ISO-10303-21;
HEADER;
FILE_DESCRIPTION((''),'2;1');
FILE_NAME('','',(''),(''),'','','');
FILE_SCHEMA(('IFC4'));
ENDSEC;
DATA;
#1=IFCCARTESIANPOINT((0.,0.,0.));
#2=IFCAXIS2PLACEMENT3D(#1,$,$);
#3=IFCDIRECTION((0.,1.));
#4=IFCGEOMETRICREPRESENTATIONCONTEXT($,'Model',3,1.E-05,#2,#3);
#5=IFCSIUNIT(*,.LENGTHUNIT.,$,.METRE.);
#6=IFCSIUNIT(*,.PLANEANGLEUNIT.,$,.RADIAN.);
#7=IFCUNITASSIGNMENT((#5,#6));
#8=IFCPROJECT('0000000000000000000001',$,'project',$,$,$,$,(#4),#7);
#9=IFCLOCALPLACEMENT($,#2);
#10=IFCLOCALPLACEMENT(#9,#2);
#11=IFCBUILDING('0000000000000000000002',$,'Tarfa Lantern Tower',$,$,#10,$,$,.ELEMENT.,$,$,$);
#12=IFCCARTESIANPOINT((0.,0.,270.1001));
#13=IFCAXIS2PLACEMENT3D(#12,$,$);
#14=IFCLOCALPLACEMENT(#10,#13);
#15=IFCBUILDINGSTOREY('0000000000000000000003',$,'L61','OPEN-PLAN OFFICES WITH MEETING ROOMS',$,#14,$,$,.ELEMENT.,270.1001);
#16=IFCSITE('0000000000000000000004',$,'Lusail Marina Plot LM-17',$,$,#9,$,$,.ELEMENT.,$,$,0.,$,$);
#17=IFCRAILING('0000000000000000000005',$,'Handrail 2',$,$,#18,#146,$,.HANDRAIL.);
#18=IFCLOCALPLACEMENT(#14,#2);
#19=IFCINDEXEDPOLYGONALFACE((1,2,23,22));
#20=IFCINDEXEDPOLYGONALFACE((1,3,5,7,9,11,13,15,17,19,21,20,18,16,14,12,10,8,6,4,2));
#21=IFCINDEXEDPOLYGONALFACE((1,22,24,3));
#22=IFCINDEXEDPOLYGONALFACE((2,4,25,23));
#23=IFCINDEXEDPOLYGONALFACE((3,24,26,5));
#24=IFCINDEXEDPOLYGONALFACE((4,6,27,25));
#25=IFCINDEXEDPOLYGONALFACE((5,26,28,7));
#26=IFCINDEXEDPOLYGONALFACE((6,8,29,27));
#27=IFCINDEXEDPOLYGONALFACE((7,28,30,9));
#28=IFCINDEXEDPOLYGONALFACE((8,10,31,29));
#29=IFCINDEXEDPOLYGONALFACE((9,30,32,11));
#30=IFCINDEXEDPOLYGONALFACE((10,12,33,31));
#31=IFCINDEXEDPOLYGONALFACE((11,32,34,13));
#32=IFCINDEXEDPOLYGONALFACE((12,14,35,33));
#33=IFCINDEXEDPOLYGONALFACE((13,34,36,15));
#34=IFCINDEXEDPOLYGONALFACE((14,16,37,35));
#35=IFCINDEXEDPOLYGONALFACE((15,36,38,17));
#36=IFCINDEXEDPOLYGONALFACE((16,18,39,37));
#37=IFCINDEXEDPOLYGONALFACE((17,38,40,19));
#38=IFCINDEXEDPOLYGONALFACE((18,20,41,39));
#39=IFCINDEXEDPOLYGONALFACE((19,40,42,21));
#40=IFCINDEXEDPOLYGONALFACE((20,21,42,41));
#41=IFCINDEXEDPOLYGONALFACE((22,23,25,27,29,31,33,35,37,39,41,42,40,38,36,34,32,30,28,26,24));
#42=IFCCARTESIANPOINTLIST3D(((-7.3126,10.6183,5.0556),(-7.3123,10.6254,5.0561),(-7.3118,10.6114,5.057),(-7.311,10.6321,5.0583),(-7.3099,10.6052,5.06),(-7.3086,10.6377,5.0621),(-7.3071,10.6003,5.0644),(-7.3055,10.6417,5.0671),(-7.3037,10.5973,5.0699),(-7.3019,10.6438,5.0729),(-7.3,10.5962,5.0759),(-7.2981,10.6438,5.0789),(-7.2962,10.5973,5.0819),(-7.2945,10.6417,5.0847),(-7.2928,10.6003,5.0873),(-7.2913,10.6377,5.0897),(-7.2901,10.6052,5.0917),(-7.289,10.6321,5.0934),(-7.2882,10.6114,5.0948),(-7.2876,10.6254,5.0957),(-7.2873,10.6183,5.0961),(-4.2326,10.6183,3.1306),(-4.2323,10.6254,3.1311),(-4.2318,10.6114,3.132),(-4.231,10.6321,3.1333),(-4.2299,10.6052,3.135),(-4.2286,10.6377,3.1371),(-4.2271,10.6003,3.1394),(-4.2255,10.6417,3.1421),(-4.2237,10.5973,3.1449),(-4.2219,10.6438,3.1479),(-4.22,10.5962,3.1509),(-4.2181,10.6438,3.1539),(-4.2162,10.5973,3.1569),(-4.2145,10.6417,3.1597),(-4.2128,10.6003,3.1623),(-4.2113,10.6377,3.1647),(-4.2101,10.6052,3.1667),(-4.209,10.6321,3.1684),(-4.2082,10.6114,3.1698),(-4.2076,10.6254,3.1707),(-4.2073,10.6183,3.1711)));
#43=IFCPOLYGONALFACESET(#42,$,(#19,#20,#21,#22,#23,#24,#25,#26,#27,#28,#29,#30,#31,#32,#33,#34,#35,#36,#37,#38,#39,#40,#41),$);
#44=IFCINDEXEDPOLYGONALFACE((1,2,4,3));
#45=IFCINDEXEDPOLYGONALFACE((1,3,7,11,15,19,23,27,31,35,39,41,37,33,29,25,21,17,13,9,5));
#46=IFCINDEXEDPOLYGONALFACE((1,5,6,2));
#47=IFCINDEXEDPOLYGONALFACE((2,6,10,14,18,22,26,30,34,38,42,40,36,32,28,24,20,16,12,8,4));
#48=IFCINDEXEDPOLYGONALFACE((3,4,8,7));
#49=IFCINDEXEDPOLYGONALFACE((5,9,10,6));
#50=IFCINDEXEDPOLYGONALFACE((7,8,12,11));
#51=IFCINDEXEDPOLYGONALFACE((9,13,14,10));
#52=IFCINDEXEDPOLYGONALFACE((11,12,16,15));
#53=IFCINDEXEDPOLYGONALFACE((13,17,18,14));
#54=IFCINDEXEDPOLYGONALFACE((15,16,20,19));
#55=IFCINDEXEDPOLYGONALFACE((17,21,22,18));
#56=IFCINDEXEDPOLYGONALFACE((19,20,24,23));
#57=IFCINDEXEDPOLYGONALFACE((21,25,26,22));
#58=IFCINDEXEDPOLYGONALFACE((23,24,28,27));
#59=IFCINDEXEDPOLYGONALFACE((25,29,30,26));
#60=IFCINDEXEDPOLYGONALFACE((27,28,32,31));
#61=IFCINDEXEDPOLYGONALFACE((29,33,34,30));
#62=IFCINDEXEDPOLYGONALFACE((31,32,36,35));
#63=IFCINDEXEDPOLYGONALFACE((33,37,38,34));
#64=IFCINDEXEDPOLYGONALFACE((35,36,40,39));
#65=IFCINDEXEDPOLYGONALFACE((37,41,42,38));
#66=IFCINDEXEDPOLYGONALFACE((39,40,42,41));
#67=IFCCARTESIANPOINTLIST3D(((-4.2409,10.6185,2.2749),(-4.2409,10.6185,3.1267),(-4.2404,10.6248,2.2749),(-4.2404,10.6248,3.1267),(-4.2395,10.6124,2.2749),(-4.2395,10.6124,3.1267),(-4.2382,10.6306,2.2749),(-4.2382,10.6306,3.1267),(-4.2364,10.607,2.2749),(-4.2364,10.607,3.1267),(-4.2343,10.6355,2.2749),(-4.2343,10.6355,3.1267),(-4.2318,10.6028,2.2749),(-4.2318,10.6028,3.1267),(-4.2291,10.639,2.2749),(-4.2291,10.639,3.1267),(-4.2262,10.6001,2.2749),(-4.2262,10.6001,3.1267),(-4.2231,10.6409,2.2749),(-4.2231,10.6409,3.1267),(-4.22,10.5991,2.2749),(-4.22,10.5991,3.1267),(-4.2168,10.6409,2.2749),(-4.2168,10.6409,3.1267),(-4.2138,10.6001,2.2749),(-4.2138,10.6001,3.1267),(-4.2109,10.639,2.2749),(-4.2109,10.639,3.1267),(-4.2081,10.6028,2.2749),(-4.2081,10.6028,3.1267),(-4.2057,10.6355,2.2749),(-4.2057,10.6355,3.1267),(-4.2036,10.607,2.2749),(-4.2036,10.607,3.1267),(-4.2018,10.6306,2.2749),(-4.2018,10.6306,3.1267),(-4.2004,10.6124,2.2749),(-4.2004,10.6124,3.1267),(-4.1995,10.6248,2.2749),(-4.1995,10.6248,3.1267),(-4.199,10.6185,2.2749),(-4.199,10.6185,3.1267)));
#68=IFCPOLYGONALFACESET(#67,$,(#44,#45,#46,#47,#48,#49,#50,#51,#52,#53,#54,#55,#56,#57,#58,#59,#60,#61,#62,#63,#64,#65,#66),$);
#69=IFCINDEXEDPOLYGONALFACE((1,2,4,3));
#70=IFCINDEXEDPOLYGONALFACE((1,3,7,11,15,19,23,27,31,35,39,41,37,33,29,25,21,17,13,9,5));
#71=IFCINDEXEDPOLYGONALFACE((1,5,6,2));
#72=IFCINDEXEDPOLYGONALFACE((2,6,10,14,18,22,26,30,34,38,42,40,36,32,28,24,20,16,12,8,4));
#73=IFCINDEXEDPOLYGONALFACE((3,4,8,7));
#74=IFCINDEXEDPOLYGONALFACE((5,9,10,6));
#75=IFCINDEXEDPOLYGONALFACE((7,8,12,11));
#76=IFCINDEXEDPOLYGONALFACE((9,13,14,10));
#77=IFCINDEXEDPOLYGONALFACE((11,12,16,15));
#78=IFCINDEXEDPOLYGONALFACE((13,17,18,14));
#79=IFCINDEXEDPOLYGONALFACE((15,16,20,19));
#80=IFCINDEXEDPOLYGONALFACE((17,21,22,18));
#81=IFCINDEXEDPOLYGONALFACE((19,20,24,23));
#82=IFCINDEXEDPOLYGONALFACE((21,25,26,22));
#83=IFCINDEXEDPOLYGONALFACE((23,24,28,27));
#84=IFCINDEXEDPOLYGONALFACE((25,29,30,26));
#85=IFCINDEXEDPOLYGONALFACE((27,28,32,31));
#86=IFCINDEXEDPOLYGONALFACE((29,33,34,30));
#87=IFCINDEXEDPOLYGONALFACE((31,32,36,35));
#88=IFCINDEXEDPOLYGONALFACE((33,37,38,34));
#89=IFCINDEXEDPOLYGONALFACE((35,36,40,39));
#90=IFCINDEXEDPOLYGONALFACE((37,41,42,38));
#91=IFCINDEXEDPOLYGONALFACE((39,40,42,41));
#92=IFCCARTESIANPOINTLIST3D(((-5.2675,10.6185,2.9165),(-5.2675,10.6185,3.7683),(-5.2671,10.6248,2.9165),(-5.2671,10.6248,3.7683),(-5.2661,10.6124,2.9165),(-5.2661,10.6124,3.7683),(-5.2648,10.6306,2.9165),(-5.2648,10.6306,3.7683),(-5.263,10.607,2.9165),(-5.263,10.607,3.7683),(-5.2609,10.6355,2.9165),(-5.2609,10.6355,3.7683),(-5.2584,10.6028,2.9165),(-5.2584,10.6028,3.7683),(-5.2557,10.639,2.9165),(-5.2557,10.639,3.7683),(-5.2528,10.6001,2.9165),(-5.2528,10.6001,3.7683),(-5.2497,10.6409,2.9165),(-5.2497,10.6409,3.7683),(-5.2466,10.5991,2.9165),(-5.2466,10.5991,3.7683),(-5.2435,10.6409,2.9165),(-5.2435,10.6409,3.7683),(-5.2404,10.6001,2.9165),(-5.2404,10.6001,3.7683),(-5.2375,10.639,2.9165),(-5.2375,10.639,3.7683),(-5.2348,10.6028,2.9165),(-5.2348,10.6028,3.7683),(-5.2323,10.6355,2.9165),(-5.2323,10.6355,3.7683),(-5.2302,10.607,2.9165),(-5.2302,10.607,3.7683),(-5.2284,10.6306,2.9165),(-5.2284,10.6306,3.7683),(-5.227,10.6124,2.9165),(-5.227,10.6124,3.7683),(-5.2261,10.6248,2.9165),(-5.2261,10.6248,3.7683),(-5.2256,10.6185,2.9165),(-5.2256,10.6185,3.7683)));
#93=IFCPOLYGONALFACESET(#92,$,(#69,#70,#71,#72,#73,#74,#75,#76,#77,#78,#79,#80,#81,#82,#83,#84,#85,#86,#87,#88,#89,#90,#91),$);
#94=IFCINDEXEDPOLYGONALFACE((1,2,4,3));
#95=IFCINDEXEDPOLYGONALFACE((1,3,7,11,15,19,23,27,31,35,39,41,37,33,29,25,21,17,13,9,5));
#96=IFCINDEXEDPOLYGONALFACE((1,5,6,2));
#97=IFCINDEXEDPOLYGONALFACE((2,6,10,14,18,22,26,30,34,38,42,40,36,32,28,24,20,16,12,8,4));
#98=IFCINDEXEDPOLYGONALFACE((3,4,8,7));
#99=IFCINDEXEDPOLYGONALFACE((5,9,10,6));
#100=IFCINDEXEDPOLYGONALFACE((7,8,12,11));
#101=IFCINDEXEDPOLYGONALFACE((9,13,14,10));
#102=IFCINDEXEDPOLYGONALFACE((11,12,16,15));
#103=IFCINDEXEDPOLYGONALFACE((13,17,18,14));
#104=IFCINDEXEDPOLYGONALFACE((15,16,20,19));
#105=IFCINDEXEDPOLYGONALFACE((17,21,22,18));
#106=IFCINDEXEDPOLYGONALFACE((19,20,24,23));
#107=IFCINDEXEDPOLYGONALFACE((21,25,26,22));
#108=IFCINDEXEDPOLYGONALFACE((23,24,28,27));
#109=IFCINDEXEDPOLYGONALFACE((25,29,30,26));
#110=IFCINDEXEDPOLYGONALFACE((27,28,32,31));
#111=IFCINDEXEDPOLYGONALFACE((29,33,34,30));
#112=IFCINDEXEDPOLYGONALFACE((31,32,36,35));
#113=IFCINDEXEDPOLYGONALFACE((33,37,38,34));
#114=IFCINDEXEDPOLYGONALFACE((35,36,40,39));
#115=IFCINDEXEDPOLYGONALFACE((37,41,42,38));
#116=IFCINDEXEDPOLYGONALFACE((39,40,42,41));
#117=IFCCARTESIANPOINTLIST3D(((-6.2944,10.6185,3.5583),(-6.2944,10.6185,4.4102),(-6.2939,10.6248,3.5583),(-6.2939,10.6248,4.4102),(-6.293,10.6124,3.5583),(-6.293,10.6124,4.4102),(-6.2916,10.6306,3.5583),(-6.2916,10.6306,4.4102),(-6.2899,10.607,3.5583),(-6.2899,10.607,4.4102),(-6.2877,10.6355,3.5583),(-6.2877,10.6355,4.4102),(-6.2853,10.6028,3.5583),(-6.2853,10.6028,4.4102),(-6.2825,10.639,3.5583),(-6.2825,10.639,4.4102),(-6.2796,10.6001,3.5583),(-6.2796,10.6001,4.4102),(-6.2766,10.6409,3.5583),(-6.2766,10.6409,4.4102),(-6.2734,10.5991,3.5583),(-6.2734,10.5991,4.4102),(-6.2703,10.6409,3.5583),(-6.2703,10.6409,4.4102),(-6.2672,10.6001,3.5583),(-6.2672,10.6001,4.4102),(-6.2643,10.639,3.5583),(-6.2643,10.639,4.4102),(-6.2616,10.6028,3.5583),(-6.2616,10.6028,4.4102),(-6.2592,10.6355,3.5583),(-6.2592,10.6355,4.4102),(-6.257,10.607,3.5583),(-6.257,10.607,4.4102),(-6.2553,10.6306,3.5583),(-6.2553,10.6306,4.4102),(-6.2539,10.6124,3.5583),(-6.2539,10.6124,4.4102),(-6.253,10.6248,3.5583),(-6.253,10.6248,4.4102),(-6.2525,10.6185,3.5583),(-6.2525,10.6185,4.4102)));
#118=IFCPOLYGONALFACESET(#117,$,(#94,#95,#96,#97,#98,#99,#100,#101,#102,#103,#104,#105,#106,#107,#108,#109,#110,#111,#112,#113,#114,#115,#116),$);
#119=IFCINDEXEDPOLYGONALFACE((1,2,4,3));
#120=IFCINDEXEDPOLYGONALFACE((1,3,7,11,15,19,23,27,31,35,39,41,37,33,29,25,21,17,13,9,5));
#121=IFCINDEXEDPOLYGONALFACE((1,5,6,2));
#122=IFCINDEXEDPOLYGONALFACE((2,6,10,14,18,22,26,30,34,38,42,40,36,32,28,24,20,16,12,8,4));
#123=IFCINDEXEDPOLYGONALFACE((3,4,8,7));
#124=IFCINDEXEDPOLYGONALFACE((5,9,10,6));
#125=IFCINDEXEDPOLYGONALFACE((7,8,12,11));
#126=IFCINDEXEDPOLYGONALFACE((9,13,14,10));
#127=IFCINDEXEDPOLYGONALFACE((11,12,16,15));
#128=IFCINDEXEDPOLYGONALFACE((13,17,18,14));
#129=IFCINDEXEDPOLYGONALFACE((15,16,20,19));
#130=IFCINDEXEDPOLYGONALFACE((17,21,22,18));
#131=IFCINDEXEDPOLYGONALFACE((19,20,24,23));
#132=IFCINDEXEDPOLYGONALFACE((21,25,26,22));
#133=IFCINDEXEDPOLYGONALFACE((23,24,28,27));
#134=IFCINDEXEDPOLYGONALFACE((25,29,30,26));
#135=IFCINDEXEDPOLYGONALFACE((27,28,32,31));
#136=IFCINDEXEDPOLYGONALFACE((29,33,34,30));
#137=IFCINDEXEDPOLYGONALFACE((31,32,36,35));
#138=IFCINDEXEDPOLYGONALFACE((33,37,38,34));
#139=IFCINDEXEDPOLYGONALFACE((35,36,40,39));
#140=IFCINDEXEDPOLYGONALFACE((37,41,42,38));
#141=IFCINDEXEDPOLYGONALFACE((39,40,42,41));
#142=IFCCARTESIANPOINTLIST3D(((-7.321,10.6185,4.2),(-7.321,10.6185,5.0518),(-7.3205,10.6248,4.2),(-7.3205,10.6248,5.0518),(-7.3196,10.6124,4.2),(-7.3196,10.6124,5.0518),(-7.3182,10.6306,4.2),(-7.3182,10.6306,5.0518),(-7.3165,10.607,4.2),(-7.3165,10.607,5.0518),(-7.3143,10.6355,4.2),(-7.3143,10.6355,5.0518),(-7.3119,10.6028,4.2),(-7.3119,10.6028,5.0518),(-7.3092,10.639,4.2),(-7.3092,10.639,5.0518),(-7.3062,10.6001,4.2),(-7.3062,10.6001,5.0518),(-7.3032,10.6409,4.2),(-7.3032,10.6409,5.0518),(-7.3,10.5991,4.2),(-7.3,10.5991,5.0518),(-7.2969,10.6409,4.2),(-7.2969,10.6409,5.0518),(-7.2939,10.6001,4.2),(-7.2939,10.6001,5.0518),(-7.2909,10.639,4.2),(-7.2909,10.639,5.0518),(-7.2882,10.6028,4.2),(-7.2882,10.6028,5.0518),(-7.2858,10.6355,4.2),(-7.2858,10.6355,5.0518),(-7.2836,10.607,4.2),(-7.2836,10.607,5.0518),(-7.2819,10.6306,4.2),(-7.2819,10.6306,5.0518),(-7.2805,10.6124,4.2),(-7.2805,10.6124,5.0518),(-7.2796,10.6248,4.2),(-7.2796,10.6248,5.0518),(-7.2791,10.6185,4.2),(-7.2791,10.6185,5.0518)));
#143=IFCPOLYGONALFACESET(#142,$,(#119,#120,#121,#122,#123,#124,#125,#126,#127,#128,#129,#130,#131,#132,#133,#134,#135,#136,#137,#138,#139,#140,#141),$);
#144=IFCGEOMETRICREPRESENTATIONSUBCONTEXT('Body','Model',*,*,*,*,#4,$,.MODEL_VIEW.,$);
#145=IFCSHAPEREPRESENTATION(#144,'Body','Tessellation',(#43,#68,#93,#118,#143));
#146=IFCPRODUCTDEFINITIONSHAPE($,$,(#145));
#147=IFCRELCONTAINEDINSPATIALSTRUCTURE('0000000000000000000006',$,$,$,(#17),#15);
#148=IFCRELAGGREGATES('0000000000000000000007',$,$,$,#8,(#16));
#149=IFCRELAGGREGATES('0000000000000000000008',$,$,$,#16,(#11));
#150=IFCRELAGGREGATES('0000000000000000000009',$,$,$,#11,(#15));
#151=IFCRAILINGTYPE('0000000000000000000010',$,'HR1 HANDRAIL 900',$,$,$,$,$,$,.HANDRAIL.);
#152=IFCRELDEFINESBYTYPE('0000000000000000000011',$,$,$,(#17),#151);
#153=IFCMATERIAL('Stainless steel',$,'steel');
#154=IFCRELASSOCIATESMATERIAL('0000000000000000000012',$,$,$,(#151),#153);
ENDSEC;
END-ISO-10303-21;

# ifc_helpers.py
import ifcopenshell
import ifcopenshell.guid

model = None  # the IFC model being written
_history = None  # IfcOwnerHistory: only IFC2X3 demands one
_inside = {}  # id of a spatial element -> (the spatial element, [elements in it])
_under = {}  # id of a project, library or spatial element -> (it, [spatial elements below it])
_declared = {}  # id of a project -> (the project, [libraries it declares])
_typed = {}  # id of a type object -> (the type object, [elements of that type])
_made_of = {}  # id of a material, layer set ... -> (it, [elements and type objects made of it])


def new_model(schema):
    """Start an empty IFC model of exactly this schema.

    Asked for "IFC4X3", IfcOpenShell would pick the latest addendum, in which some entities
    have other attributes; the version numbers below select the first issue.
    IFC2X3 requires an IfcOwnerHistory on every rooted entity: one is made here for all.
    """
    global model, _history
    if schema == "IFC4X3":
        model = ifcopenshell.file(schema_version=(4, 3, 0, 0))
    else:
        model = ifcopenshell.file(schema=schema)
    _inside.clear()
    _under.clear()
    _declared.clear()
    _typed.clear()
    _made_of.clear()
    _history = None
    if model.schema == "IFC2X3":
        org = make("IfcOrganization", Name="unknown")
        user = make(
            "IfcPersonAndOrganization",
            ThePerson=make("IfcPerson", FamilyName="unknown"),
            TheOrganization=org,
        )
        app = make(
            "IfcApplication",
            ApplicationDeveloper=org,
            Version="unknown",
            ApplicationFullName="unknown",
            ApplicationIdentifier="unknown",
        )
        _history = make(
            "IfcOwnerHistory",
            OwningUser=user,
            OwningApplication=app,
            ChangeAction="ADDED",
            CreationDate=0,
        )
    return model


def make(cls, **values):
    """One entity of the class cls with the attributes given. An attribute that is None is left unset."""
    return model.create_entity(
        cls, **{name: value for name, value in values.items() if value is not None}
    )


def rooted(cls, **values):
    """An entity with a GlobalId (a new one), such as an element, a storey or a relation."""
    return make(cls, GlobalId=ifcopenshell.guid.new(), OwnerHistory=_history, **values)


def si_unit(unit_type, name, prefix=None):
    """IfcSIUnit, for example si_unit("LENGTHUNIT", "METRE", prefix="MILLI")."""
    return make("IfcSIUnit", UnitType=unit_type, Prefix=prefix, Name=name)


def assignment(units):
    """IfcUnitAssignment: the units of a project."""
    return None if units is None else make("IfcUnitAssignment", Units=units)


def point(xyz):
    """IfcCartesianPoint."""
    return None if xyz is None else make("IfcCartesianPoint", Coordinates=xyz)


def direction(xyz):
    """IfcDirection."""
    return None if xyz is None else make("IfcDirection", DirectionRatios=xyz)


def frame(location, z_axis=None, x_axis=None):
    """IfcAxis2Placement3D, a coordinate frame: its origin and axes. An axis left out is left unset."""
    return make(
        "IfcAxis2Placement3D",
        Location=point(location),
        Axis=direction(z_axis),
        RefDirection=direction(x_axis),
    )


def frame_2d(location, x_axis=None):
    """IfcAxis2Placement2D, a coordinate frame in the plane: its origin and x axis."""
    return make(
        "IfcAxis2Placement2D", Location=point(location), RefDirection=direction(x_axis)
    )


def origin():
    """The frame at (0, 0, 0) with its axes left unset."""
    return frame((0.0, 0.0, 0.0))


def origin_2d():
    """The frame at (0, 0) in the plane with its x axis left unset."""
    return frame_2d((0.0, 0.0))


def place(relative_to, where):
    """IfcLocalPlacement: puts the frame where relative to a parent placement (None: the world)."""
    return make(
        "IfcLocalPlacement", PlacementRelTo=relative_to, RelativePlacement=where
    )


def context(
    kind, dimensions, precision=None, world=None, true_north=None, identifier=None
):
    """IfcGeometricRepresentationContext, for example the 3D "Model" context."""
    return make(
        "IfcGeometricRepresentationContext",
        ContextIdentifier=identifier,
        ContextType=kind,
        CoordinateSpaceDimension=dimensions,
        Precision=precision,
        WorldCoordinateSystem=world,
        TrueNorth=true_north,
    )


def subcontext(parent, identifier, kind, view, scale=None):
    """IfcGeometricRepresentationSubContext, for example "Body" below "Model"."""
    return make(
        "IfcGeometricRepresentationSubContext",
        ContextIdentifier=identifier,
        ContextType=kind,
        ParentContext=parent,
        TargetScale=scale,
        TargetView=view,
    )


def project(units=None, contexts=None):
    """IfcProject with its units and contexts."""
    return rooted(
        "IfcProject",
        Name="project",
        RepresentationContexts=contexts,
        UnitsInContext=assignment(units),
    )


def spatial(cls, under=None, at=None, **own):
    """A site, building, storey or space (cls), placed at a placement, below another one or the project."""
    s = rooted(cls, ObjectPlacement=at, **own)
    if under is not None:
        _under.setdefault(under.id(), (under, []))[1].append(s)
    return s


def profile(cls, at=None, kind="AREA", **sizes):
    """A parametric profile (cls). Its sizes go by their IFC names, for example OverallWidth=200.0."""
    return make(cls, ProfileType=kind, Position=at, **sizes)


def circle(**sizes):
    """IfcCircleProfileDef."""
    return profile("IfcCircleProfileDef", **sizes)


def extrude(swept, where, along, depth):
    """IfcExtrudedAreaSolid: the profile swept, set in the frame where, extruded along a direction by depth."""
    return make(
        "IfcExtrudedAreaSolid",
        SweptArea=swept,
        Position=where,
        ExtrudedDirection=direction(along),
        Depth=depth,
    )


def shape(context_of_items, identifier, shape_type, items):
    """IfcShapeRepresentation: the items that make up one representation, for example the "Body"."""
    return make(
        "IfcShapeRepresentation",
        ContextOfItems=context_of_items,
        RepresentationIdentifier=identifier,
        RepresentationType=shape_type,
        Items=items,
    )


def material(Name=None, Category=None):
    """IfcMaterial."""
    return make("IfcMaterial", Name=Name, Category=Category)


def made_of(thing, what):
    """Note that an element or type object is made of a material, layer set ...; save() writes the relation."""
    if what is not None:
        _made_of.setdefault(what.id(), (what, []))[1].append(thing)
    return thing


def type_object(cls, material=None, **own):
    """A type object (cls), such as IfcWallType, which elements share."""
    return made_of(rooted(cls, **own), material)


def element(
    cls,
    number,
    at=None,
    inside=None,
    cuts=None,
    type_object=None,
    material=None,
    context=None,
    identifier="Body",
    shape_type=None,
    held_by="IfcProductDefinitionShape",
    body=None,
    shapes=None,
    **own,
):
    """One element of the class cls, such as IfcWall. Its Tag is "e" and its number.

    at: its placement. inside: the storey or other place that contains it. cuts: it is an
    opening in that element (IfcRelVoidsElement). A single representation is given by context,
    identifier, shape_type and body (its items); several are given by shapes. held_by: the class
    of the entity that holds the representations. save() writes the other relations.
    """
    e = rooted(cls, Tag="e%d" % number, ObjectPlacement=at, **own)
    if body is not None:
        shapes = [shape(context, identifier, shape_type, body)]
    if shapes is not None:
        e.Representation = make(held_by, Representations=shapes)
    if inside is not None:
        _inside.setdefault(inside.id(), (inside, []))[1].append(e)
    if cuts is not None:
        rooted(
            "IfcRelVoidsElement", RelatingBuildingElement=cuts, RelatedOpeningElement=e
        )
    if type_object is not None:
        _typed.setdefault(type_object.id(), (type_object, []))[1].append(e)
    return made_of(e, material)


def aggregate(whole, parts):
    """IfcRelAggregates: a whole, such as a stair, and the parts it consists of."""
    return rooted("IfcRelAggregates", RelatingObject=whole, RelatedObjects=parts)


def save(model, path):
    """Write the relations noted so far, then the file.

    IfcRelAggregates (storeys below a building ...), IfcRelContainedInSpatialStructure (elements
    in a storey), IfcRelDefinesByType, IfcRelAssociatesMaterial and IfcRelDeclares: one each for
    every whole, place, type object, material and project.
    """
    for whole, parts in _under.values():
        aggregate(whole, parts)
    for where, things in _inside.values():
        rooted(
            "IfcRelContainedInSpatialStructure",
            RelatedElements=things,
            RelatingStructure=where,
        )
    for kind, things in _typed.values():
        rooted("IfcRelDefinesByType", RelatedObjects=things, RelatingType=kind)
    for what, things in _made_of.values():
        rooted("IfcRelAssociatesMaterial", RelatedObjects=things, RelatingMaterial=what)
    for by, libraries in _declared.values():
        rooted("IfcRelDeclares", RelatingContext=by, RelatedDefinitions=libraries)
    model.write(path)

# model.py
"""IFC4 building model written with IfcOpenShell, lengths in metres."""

from ifc_helpers import new_model, si_unit, direction, frame, origin, origin_2d, place, context, subcontext, project, spatial, circle, extrude, material, type_object, element, save


model = new_model("IFC4")

# Units and contexts
model_context = context("Model", 3, precision=1e-05, world=origin(), true_north=direction((0.0, 1.0)))
body_context = subcontext(model_context, "Body", "Model", "MODEL_VIEW")
ifc_project = project(units=[si_unit("LENGTHUNIT", "METRE"), si_unit("PLANEANGLEUNIT", "RADIAN")], contexts=[model_context])

# Site, building, storey
site_placement = place(None, origin())
site = spatial("IfcSite", under=ifc_project, at=site_placement, Name="Lusail Marina Plot LM-17", CompositionType="ELEMENT", RefElevation=0.0)
building_placement = place(site_placement, origin())
building = spatial("IfcBuilding", under=site, at=building_placement, Name="Tarfa Lantern Tower", CompositionType="ELEMENT")
storey_placement = place(building_placement, frame((0.0, 0.0, 270.1001)))
storey = spatial("IfcBuildingStorey", under=building, at=storey_placement, Name="L61", Description="OPEN-PLAN OFFICES WITH MEETING ROOMS", CompositionType="ELEMENT", Elevation=270.1001)

# Railing
ifc_material_1 = material(Name="Stainless steel", Category="steel")
railing_type = type_object("IfcRailingType", Name="HR1 HANDRAIL 900", PredefinedType="HANDRAIL", material=ifc_material_1)
railing_1_placement = place(storey_placement, frame((-4.22, 10.6201, 2.2749)))
element("IfcRailing", 1, at=railing_1_placement, inside=storey, type_object=railing_type, Name="Handrail 2", PredefinedType="HANDRAIL", context=body_context, shape_type="SweptSolid", body=[
    extrude(circle(Radius=0.0239, at=origin_2d()), frame((0.0, 0.0, 0.876), z_axis=(-0.847998, 0.0, 0.529999), x_axis=(0.0, -1.0, 0.0)), (0.0, 0.0, 1.0), 3.6321),
    extrude(circle(Radius=0.021, at=origin_2d()), frame((0.0, 0.0, 0.0), z_axis=(0.0, 0.0, 1.0), x_axis=(0.0, -1.0, 0.0)), (0.0, 0.0, 1.0), 0.8518),
    extrude(circle(Radius=0.021, at=origin_2d()), frame((-1.0266, 0.0, 0.6416), z_axis=(0.0, 0.0, 1.0), x_axis=(0.0, -1.0, 0.0)), (0.0, 0.0, 1.0), 0.8518),
    extrude(circle(Radius=0.021, at=origin_2d()), frame((-2.0535, 0.0, 1.2834), z_axis=(0.0, 0.0, 1.0), x_axis=(0.0, -1.0, 0.0)), (0.0, 0.0, 1.0), 0.8518),
    extrude(circle(Radius=0.021, at=origin_2d()), frame((-3.0801, 0.0, 1.925), z_axis=(0.0, 0.0, 1.0), x_axis=(0.0, -1.0, 0.0)), (0.0, 0.0, 1.0), 0.8518),
])

save(model, "model.ifc")
